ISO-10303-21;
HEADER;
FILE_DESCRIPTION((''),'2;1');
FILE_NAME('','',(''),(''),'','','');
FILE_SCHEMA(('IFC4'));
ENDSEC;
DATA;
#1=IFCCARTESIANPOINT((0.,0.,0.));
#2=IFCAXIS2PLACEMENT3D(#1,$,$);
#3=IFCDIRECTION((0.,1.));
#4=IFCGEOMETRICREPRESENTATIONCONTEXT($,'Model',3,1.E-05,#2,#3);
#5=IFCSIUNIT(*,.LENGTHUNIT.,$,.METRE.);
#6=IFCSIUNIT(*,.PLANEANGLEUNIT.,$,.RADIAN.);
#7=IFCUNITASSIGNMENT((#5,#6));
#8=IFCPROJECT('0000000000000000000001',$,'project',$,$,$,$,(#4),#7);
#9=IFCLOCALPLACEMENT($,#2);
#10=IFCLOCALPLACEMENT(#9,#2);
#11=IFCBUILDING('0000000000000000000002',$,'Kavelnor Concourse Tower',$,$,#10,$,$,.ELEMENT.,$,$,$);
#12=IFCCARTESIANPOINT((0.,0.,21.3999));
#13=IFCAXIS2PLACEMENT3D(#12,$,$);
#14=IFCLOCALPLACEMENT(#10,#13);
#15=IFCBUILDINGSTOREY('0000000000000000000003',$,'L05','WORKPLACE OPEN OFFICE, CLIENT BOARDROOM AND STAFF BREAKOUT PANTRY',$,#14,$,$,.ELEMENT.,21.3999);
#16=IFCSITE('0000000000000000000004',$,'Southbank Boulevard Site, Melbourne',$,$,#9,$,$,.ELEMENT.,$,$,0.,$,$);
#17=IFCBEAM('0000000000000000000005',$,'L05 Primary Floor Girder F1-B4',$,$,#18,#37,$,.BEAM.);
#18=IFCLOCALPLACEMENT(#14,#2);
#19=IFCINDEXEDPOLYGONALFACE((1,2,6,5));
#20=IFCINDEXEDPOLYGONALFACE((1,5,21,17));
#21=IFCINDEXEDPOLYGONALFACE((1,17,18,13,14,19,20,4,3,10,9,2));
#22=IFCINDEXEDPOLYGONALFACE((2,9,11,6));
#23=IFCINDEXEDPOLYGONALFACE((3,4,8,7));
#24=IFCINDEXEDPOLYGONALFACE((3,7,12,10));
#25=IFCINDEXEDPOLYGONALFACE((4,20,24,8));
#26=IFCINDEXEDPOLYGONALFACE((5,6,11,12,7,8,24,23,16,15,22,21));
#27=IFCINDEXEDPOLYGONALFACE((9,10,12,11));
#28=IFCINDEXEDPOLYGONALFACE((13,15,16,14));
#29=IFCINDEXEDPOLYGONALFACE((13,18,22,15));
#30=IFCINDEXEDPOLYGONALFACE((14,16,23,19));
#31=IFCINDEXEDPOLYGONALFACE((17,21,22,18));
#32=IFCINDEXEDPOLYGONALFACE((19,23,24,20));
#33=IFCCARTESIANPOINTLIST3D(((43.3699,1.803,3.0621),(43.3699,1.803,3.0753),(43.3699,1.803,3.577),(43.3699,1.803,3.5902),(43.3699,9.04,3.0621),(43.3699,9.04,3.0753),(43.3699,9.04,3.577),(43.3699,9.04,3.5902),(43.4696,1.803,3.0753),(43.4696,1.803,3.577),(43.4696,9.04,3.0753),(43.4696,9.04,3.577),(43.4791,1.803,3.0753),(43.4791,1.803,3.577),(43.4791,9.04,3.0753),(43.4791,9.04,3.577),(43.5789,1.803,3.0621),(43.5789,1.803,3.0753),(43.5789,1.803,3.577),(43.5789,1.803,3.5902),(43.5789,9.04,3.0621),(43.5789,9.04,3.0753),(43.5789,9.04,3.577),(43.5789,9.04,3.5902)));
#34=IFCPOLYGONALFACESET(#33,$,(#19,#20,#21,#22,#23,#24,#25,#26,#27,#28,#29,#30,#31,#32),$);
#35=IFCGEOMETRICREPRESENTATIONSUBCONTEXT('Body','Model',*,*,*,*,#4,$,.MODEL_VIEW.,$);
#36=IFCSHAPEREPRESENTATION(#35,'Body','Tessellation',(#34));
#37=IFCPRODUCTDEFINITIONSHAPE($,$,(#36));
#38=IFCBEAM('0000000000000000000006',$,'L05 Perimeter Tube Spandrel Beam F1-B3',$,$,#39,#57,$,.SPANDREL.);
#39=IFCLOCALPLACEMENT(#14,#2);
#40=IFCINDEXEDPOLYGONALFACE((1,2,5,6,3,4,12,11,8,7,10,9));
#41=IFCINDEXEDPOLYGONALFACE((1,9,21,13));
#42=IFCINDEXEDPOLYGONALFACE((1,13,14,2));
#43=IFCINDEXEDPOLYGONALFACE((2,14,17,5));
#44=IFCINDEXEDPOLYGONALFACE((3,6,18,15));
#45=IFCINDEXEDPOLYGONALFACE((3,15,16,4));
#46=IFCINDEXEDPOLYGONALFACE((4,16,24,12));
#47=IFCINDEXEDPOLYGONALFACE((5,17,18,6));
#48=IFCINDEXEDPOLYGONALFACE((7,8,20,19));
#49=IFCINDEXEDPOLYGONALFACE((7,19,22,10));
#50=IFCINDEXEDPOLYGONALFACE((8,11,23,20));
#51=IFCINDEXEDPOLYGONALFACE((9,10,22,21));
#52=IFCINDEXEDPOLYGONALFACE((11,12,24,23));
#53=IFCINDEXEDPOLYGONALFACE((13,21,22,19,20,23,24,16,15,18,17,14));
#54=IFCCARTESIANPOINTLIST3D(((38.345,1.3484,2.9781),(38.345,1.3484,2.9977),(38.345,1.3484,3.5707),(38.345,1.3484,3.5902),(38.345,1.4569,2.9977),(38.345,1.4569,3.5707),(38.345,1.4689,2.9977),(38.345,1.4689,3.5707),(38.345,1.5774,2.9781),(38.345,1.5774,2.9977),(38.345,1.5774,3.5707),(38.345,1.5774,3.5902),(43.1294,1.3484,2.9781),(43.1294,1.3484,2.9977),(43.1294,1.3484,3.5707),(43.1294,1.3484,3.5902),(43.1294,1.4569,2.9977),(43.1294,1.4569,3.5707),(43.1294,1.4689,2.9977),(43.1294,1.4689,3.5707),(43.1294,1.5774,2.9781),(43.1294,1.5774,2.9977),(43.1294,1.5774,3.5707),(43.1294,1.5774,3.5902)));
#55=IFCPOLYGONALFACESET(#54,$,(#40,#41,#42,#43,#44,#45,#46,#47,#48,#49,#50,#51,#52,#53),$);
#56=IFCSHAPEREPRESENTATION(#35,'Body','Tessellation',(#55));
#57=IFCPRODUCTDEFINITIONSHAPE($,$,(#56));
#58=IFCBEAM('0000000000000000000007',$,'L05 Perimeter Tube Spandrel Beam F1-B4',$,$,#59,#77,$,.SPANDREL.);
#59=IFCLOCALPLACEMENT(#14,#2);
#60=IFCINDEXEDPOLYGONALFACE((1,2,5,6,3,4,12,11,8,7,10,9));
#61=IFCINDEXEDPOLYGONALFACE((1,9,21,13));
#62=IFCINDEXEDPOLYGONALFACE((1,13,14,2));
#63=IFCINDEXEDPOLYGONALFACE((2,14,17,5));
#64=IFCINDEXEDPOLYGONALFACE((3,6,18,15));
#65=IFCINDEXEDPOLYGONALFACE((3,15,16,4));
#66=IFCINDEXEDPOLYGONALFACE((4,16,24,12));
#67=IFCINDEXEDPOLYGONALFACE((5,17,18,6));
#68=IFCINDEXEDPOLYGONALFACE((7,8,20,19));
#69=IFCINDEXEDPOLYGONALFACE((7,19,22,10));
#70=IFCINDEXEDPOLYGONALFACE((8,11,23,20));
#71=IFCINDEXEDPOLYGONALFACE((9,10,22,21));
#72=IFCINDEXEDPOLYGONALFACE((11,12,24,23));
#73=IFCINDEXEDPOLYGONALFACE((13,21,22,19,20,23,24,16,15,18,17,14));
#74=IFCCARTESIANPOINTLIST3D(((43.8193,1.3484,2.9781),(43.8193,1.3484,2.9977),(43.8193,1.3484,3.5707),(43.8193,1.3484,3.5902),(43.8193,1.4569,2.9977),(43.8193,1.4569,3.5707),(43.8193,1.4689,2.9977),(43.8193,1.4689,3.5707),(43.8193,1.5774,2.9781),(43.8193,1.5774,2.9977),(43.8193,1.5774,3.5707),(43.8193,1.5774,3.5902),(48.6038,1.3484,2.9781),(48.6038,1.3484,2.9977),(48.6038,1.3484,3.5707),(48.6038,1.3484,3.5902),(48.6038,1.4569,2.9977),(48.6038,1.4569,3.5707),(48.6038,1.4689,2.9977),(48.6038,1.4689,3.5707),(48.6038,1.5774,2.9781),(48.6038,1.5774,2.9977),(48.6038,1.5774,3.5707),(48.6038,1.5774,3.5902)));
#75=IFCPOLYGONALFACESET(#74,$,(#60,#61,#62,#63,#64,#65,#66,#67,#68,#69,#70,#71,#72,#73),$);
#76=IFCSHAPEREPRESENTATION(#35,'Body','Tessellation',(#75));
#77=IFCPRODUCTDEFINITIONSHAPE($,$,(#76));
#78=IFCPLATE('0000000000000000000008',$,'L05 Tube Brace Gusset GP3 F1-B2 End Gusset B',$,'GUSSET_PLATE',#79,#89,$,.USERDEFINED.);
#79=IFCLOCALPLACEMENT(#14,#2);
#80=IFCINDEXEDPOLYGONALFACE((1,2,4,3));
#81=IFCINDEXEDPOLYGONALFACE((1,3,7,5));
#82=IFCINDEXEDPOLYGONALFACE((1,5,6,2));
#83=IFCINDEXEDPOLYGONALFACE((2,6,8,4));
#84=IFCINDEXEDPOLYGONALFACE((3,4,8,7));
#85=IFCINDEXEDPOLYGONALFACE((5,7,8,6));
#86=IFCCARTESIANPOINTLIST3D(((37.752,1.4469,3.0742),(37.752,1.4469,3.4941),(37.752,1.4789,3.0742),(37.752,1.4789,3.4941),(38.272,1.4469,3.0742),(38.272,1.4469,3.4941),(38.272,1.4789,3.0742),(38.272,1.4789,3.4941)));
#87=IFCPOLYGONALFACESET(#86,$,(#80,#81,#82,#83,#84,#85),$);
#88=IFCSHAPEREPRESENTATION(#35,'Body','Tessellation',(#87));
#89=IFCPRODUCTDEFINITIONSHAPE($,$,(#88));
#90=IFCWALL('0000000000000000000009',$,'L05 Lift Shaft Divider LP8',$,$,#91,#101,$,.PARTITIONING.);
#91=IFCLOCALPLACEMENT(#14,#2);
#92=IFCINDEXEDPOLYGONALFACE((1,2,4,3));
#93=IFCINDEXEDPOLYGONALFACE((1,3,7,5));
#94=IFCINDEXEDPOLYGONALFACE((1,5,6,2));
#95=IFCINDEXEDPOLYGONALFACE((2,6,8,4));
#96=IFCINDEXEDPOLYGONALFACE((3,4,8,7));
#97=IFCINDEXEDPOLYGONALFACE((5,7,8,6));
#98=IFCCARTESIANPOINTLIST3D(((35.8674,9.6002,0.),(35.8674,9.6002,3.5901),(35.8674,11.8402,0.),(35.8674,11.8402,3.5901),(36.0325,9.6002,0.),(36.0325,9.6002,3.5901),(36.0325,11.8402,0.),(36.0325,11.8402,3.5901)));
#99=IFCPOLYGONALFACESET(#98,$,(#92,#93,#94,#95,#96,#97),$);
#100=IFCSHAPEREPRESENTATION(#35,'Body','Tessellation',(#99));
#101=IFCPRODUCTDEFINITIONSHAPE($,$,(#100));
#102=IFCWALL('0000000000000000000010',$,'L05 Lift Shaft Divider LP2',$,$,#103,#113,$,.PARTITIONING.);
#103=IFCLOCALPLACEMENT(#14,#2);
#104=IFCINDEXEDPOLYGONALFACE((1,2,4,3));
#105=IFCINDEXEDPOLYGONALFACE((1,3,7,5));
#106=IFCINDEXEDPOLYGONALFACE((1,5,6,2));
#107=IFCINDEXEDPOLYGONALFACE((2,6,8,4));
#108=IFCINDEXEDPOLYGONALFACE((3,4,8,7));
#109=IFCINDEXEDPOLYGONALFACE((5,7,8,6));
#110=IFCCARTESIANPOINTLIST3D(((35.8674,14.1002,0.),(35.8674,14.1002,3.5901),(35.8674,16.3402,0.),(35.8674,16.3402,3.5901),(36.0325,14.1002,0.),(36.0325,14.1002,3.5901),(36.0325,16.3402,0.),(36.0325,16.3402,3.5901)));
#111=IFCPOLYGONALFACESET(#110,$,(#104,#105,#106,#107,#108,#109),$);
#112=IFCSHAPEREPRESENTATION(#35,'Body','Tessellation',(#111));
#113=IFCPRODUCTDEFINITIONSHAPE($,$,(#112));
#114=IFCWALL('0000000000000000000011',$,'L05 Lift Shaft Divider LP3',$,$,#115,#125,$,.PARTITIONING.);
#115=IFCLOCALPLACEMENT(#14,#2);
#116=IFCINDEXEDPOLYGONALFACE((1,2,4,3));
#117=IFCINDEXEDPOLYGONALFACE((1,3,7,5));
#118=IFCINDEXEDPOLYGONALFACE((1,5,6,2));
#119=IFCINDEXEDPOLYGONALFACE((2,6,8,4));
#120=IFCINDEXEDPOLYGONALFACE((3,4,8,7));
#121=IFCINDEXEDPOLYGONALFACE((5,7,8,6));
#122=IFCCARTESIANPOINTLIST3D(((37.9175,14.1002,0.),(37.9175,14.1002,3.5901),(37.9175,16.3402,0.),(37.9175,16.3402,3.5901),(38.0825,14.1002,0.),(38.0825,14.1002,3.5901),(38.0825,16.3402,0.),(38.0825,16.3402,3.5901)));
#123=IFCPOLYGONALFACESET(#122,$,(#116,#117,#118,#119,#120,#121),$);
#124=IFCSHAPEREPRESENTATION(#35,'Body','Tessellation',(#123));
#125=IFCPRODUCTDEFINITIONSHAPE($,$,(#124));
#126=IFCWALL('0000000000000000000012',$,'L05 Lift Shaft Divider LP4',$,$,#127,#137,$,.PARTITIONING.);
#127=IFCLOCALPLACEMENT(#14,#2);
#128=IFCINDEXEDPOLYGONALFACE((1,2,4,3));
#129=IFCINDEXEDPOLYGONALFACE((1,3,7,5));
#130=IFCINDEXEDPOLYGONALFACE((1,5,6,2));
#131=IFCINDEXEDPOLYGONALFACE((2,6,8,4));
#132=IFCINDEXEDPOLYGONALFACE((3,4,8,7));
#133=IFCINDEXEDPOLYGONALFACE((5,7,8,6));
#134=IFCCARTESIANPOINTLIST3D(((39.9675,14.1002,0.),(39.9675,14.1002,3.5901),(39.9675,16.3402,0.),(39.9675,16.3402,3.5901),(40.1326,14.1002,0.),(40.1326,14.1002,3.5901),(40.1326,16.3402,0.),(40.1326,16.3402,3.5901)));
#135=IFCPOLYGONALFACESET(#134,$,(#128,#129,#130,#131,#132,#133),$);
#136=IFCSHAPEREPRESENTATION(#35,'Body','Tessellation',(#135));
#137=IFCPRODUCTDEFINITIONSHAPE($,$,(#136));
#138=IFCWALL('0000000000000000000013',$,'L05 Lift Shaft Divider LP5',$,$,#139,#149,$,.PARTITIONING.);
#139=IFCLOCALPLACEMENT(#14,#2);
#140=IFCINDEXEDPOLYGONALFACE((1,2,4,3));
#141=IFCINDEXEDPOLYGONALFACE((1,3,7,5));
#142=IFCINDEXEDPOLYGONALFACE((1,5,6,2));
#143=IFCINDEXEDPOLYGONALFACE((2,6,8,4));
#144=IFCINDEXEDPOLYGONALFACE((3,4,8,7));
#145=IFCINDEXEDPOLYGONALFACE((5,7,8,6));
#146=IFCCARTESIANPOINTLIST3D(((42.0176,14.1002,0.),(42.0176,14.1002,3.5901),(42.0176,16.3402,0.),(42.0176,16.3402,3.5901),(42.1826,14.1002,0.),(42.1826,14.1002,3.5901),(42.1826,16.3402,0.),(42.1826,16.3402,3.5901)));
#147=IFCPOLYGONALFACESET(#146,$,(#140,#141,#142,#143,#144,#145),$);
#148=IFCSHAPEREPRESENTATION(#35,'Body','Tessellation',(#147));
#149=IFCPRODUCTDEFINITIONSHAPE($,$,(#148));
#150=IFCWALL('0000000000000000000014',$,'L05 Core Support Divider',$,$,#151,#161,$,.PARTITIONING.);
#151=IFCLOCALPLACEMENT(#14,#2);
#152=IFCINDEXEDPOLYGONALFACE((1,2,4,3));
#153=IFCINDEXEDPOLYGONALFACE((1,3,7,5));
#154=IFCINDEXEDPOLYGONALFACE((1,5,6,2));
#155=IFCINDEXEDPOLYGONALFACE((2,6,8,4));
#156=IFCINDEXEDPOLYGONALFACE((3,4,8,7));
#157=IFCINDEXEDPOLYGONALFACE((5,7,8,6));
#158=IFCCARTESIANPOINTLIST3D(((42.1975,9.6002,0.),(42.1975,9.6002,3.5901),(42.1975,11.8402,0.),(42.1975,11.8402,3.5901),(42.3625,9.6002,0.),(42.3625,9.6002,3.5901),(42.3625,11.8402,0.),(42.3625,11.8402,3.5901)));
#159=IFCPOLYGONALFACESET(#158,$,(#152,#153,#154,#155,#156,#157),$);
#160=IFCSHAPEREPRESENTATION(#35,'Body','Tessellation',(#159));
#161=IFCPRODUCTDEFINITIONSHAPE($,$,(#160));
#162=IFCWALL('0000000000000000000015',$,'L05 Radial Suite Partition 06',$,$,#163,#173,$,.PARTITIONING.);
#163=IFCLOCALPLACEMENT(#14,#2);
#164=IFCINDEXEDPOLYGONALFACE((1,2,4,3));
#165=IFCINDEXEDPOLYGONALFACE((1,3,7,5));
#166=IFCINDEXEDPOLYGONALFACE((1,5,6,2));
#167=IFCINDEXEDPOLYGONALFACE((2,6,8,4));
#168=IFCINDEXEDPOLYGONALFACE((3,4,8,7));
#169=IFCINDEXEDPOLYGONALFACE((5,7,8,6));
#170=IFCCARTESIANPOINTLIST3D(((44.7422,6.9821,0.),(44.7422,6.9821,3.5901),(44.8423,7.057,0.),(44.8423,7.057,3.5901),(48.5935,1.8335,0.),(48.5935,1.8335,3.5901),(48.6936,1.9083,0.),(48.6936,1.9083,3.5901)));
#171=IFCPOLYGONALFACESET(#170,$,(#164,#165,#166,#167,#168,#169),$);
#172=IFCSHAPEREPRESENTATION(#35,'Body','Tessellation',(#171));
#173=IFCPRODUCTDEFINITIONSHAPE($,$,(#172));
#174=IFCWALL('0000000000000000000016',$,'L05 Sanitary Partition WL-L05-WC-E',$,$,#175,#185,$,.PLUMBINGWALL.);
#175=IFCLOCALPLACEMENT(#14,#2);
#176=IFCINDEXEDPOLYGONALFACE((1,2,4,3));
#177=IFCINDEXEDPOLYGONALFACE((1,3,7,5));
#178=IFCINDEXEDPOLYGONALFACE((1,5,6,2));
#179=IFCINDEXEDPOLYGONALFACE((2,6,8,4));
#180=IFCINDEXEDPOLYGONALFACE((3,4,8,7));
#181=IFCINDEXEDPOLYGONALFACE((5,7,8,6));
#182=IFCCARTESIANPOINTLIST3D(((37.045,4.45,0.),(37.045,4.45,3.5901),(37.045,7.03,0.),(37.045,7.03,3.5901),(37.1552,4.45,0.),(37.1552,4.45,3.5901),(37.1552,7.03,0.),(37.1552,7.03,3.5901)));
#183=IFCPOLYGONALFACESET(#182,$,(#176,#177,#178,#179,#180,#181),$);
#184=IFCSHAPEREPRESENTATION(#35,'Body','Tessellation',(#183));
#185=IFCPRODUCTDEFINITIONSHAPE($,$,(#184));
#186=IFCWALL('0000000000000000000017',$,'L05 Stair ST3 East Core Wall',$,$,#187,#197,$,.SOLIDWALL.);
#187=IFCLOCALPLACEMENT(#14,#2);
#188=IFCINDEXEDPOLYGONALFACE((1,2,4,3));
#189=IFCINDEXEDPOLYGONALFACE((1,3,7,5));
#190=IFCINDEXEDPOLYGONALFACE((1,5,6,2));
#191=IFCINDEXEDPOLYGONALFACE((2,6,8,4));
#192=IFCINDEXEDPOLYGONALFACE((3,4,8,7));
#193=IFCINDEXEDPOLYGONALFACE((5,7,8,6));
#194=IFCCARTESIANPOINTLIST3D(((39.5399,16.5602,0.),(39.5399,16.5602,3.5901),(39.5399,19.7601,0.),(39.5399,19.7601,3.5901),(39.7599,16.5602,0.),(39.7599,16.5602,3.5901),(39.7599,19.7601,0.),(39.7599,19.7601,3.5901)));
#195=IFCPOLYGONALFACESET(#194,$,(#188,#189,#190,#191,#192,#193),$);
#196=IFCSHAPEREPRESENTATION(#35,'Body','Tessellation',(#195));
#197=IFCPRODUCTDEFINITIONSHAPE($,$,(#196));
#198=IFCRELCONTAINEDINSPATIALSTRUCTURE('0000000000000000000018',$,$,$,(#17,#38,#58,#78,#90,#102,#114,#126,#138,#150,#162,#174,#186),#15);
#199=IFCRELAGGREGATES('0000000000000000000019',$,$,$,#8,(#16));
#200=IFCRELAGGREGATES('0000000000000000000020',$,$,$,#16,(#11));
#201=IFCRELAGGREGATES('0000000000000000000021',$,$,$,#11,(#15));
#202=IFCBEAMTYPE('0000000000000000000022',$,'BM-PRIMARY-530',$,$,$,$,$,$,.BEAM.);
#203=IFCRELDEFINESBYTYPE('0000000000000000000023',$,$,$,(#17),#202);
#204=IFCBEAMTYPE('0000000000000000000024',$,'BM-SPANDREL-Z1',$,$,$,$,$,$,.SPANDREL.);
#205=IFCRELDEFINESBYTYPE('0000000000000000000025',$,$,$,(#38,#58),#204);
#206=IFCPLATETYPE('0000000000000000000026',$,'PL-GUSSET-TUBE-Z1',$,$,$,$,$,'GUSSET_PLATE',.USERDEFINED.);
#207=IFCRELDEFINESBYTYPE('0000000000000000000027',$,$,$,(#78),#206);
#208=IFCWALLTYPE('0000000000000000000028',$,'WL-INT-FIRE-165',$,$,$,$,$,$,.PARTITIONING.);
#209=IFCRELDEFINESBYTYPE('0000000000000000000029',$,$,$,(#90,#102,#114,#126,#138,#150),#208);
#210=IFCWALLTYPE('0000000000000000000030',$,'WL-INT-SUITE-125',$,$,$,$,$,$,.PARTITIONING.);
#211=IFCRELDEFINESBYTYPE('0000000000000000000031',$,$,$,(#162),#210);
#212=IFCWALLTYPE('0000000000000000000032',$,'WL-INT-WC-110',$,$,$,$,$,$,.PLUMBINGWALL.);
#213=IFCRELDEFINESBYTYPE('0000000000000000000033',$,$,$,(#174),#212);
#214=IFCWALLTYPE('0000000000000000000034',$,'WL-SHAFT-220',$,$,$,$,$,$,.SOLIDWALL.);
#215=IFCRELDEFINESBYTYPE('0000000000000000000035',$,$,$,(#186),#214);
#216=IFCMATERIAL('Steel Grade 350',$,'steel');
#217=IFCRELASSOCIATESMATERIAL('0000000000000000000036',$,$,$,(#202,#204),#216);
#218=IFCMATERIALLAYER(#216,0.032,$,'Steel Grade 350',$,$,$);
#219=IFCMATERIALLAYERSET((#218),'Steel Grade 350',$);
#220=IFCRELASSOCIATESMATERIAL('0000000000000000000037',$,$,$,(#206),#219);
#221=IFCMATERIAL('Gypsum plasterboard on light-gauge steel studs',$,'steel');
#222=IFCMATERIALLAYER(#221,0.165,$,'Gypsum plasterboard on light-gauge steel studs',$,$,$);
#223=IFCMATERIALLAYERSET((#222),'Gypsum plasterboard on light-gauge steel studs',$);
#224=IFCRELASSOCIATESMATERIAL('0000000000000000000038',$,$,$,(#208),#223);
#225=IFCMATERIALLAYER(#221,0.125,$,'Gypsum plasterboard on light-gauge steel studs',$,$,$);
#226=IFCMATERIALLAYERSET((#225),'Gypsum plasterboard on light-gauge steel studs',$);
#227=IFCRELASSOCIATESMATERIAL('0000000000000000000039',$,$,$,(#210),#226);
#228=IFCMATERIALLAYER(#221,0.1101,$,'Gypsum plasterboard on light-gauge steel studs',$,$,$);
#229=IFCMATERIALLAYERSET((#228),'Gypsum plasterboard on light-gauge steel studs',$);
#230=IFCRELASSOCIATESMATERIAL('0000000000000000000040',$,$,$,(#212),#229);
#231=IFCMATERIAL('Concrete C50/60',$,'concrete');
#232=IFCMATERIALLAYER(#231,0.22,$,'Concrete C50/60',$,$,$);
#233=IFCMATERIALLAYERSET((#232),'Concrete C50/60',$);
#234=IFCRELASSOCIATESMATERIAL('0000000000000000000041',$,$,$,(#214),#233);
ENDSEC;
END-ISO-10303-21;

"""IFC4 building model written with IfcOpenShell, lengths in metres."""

from ifc_helpers import new_model, si_unit, direction, frame, frame_2d, origin, origin_2d, place, context, subcontext, project, spatial, rectangle, i_section, extrude, material, layer, layer_set, material_profile, profile_set, type_object, element, save


model = new_model("IFC4")

# Units and contexts
model_context = context("Model", 3, precision=1e-05, world=origin(), true_north=direction((0.0, 1.0)))
body_context = subcontext(model_context, "Body", "Model", "MODEL_VIEW")
ifc_project = project(units=[si_unit("LENGTHUNIT", "METRE"), si_unit("PLANEANGLEUNIT", "RADIAN")], contexts=[model_context])

# Site, building, storey
site_placement = place(None, origin())
site = spatial("IfcSite", under=ifc_project, at=site_placement, Name="Southbank Boulevard Site, Melbourne", CompositionType="ELEMENT", RefElevation=0.0)
building_placement = place(site_placement, origin())
building = spatial("IfcBuilding", under=site, at=building_placement, Name="Kavelnor Concourse Tower", CompositionType="ELEMENT")
storey_placement = place(building_placement, frame((0.0, 0.0, 21.3999)))
storey = spatial("IfcBuildingStorey", under=building, at=storey_placement, Name="L05", Description="WORKPLACE OPEN OFFICE, CLIENT BOARDROOM AND STAFF BREAKOUT PANTRY", CompositionType="ELEMENT", Elevation=21.3999)

# Shared definitions
ifc_material_1 = material(Name="Steel Grade 350", Category="steel")

# Beams
ifc_material_profile_1 = material_profile(ifc_material_1, i_section(OverallWidth=0.209, OverallDepth=0.5281, WebThickness=0.0095, FlangeThickness=0.0132, at=origin_2d()), Name="530UB82")
ifc_profile_set_1 = profile_set([ifc_material_profile_1], Name="Steel Grade 350")
beam_type_1 = type_object("IfcBeamType", Name="BM-PRIMARY-530", PredefinedType="BEAM", material=ifc_profile_set_1)
for number, where, z_axis, x_axis, name in (
    (1, (43.4744, 9.04, 3.3262), (0.0, -1.0, 0.0), (1.0, 0.0, 0.0), "L05 Primary Floor Girder F1-B4"),
):
    element("IfcBeam", number, at=place(storey_placement, frame(where, z_axis=z_axis, x_axis=x_axis)), inside=storey, type_object=beam_type_1, Name=name, PredefinedType="BEAM", context=body_context, shape_type="SweptSolid", body=[
        extrude(i_section(OverallWidth=0.209, OverallDepth=0.5281, WebThickness=0.0095, FlangeThickness=0.0132, at=origin_2d()), origin(), (0.0, 0.0, 1.0), 7.2371),
    ])
ifc_material_profile_2 = material_profile(ifc_material_1, i_section(OverallWidth=0.229, OverallDepth=0.6121, WebThickness=0.012, FlangeThickness=0.0195, at=origin_2d()), Name="610UB125")
ifc_profile_set_2 = profile_set([ifc_material_profile_2], Name="Steel Grade 350")
beam_type_2 = type_object("IfcBeamType", Name="BM-SPANDREL-Z1", PredefinedType="SPANDREL", material=ifc_profile_set_2)
for number, where, z_axis, x_axis, name in (
    (2, (38.345, 1.4629, 3.2842), (1.0, 0.0, 0.0), (0.0, 1.0, 0.0), "L05 Perimeter Tube Spandrel Beam F1-B3"),
    (3, (43.8193, 1.4629, 3.2842), (1.0, 0.0, 0.0), (0.0, 1.0, 0.0), "L05 Perimeter Tube Spandrel Beam F1-B4"),
):
    element("IfcBeam", number, at=place(storey_placement, frame(where, z_axis=z_axis, x_axis=x_axis)), inside=storey, type_object=beam_type_2, Name=name, PredefinedType="SPANDREL", context=body_context, shape_type="SweptSolid", body=[
        extrude(i_section(OverallWidth=0.229, OverallDepth=0.6121, WebThickness=0.012, FlangeThickness=0.0195, at=origin_2d()), origin(), (0.0, 0.0, 1.0), 4.7844),
    ])

# Plate
ifc_layer_1 = layer(ifc_material_1, 0.032, Name="Steel Grade 350")
ifc_layer_set_1 = layer_set([ifc_layer_1], Name="Steel Grade 350")
plate_type = type_object("IfcPlateType", Name="PL-GUSSET-TUBE-Z1", ElementType="GUSSET_PLATE", PredefinedType="USERDEFINED", material=ifc_layer_set_1)
plate_placement = place(storey_placement, frame((38.012, 1.4629, 3.0742), z_axis=(0.0, 0.0, 1.0), x_axis=(1.0, 0.0, 0.0)))
element("IfcPlate", 4, at=plate_placement, inside=storey, type_object=plate_type, Name="L05 Tube Brace Gusset GP3 F1-B2 End Gusset B", ObjectType="GUSSET_PLATE", PredefinedType="USERDEFINED", context=body_context, shape_type="SweptSolid", body=[
    extrude(rectangle(XDim=0.52, YDim=0.032, at=origin_2d()), origin(), (0.0, 0.0, 1.0), 0.4199),
])

# Walls
ifc_material_2 = material(Name="Gypsum plasterboard on light-gauge steel studs", Category="steel")
ifc_layer_2 = layer(ifc_material_2, 0.165, Name="Gypsum plasterboard on light-gauge steel studs")
ifc_layer_set_2 = layer_set([ifc_layer_2], Name="Gypsum plasterboard on light-gauge steel studs")
wall_type_1 = type_object("IfcWallType", Name="WL-INT-FIRE-165", PredefinedType="PARTITIONING", material=ifc_layer_set_2)
for number, where, z_axis, x_axis, name in (
    (5, (35.95, 9.6001, 0.0), (0.0, 0.0, 1.0), (0.0, 1.0, 0.0), "L05 Lift Shaft Divider LP8"),
    (6, (35.95, 14.1001, 0.0), (0.0, 0.0, 1.0), (0.0, 1.0, 0.0), "L05 Lift Shaft Divider LP2"),
    (7, (38.0, 14.1001, 0.0), (0.0, 0.0, 1.0), (0.0, 1.0, 0.0), "L05 Lift Shaft Divider LP3"),
    (8, (40.05, 14.1001, 0.0), (0.0, 0.0, 1.0), (0.0, 1.0, 0.0), "L05 Lift Shaft Divider LP4"),
    (9, (42.1001, 14.1001, 0.0), (0.0, 0.0, 1.0), (0.0, 1.0, 0.0), "L05 Lift Shaft Divider LP5"),
    (10, (42.28, 9.6001, 0.0), (0.0, 0.0, 1.0), (0.0, 1.0, 0.0), "L05 Core Support Divider"),
):
    element("IfcWall", number, at=place(storey_placement, frame(where, z_axis=z_axis, x_axis=x_axis)), inside=storey, type_object=wall_type_1, Name=name, PredefinedType="PARTITIONING", context=body_context, shape_type="SweptSolid", body=[
        extrude(rectangle(XDim=2.24, YDim=0.165, at=frame_2d((1.1201, 0.0))), origin(), (0.0, 0.0, 1.0), 3.5901),
    ])
ifc_layer_3 = layer(ifc_material_2, 0.125, Name="Gypsum plasterboard on light-gauge steel studs")
ifc_layer_set_3 = layer_set([ifc_layer_3], Name="Gypsum plasterboard on light-gauge steel studs")
wall_type_2 = type_object("IfcWallType", Name="WL-INT-SUITE-125", PredefinedType="PARTITIONING", material=ifc_layer_set_3)
wall_1_placement = place(storey_placement, frame((44.7922, 7.0195, 0.0), z_axis=(0.0, 0.0, 1.0), x_axis=(0.598985, -0.80076, 0.0)))
element("IfcWall", 11, at=wall_1_placement, inside=storey, type_object=wall_type_2, Name="L05 Radial Suite Partition 06", PredefinedType="PARTITIONING", context=body_context, shape_type="SweptSolid", body=[
    extrude(rectangle(XDim=6.4297, YDim=0.125, at=frame_2d((3.2148, 0.0))), origin(), (0.0, 0.0, 1.0), 3.5901),
])
ifc_layer_4 = layer(ifc_material_2, 0.1101, Name="Gypsum plasterboard on light-gauge steel studs")
ifc_layer_set_4 = layer_set([ifc_layer_4], Name="Gypsum plasterboard on light-gauge steel studs")
wall_type_3 = type_object("IfcWallType", Name="WL-INT-WC-110", PredefinedType="PLUMBINGWALL", material=ifc_layer_set_4)
wall_2_placement = place(storey_placement, frame((37.1001, 4.45, 0.0), z_axis=(0.0, 0.0, 1.0), x_axis=(0.0, 1.0, 0.0)))
element("IfcWall", 12, at=wall_2_placement, inside=storey, type_object=wall_type_3, Name="L05 Sanitary Partition WL-L05-WC-E", PredefinedType="PLUMBINGWALL", context=body_context, shape_type="SweptSolid", body=[
    extrude(rectangle(XDim=2.5801, YDim=0.1101, at=frame_2d((1.29, 0.0))), origin(), (0.0, 0.0, 1.0), 3.5901),
])
ifc_material_3 = material(Name="Concrete C50/60", Category="concrete")
ifc_layer_5 = layer(ifc_material_3, 0.22, Name="Concrete C50/60")
ifc_layer_set_5 = layer_set([ifc_layer_5], Name="Concrete C50/60")
wall_type_4 = type_object("IfcWallType", Name="WL-SHAFT-220", PredefinedType="SOLIDWALL", material=ifc_layer_set_5)
wall_3_placement = place(storey_placement, frame((39.6499, 16.5601, 0.0), z_axis=(0.0, 0.0, 1.0), x_axis=(0.0, 1.0, 0.0)))
element("IfcWall", 13, at=wall_3_placement, inside=storey, type_object=wall_type_4, Name="L05 Stair ST3 East Core Wall", PredefinedType="SOLIDWALL", context=body_context, shape_type="SweptSolid", body=[
    extrude(rectangle(XDim=3.2, YDim=0.22, at=frame_2d((1.6001, 0.0))), origin(), (0.0, 0.0, 1.0), 3.5901),
])

save(model, "model.ifc")
